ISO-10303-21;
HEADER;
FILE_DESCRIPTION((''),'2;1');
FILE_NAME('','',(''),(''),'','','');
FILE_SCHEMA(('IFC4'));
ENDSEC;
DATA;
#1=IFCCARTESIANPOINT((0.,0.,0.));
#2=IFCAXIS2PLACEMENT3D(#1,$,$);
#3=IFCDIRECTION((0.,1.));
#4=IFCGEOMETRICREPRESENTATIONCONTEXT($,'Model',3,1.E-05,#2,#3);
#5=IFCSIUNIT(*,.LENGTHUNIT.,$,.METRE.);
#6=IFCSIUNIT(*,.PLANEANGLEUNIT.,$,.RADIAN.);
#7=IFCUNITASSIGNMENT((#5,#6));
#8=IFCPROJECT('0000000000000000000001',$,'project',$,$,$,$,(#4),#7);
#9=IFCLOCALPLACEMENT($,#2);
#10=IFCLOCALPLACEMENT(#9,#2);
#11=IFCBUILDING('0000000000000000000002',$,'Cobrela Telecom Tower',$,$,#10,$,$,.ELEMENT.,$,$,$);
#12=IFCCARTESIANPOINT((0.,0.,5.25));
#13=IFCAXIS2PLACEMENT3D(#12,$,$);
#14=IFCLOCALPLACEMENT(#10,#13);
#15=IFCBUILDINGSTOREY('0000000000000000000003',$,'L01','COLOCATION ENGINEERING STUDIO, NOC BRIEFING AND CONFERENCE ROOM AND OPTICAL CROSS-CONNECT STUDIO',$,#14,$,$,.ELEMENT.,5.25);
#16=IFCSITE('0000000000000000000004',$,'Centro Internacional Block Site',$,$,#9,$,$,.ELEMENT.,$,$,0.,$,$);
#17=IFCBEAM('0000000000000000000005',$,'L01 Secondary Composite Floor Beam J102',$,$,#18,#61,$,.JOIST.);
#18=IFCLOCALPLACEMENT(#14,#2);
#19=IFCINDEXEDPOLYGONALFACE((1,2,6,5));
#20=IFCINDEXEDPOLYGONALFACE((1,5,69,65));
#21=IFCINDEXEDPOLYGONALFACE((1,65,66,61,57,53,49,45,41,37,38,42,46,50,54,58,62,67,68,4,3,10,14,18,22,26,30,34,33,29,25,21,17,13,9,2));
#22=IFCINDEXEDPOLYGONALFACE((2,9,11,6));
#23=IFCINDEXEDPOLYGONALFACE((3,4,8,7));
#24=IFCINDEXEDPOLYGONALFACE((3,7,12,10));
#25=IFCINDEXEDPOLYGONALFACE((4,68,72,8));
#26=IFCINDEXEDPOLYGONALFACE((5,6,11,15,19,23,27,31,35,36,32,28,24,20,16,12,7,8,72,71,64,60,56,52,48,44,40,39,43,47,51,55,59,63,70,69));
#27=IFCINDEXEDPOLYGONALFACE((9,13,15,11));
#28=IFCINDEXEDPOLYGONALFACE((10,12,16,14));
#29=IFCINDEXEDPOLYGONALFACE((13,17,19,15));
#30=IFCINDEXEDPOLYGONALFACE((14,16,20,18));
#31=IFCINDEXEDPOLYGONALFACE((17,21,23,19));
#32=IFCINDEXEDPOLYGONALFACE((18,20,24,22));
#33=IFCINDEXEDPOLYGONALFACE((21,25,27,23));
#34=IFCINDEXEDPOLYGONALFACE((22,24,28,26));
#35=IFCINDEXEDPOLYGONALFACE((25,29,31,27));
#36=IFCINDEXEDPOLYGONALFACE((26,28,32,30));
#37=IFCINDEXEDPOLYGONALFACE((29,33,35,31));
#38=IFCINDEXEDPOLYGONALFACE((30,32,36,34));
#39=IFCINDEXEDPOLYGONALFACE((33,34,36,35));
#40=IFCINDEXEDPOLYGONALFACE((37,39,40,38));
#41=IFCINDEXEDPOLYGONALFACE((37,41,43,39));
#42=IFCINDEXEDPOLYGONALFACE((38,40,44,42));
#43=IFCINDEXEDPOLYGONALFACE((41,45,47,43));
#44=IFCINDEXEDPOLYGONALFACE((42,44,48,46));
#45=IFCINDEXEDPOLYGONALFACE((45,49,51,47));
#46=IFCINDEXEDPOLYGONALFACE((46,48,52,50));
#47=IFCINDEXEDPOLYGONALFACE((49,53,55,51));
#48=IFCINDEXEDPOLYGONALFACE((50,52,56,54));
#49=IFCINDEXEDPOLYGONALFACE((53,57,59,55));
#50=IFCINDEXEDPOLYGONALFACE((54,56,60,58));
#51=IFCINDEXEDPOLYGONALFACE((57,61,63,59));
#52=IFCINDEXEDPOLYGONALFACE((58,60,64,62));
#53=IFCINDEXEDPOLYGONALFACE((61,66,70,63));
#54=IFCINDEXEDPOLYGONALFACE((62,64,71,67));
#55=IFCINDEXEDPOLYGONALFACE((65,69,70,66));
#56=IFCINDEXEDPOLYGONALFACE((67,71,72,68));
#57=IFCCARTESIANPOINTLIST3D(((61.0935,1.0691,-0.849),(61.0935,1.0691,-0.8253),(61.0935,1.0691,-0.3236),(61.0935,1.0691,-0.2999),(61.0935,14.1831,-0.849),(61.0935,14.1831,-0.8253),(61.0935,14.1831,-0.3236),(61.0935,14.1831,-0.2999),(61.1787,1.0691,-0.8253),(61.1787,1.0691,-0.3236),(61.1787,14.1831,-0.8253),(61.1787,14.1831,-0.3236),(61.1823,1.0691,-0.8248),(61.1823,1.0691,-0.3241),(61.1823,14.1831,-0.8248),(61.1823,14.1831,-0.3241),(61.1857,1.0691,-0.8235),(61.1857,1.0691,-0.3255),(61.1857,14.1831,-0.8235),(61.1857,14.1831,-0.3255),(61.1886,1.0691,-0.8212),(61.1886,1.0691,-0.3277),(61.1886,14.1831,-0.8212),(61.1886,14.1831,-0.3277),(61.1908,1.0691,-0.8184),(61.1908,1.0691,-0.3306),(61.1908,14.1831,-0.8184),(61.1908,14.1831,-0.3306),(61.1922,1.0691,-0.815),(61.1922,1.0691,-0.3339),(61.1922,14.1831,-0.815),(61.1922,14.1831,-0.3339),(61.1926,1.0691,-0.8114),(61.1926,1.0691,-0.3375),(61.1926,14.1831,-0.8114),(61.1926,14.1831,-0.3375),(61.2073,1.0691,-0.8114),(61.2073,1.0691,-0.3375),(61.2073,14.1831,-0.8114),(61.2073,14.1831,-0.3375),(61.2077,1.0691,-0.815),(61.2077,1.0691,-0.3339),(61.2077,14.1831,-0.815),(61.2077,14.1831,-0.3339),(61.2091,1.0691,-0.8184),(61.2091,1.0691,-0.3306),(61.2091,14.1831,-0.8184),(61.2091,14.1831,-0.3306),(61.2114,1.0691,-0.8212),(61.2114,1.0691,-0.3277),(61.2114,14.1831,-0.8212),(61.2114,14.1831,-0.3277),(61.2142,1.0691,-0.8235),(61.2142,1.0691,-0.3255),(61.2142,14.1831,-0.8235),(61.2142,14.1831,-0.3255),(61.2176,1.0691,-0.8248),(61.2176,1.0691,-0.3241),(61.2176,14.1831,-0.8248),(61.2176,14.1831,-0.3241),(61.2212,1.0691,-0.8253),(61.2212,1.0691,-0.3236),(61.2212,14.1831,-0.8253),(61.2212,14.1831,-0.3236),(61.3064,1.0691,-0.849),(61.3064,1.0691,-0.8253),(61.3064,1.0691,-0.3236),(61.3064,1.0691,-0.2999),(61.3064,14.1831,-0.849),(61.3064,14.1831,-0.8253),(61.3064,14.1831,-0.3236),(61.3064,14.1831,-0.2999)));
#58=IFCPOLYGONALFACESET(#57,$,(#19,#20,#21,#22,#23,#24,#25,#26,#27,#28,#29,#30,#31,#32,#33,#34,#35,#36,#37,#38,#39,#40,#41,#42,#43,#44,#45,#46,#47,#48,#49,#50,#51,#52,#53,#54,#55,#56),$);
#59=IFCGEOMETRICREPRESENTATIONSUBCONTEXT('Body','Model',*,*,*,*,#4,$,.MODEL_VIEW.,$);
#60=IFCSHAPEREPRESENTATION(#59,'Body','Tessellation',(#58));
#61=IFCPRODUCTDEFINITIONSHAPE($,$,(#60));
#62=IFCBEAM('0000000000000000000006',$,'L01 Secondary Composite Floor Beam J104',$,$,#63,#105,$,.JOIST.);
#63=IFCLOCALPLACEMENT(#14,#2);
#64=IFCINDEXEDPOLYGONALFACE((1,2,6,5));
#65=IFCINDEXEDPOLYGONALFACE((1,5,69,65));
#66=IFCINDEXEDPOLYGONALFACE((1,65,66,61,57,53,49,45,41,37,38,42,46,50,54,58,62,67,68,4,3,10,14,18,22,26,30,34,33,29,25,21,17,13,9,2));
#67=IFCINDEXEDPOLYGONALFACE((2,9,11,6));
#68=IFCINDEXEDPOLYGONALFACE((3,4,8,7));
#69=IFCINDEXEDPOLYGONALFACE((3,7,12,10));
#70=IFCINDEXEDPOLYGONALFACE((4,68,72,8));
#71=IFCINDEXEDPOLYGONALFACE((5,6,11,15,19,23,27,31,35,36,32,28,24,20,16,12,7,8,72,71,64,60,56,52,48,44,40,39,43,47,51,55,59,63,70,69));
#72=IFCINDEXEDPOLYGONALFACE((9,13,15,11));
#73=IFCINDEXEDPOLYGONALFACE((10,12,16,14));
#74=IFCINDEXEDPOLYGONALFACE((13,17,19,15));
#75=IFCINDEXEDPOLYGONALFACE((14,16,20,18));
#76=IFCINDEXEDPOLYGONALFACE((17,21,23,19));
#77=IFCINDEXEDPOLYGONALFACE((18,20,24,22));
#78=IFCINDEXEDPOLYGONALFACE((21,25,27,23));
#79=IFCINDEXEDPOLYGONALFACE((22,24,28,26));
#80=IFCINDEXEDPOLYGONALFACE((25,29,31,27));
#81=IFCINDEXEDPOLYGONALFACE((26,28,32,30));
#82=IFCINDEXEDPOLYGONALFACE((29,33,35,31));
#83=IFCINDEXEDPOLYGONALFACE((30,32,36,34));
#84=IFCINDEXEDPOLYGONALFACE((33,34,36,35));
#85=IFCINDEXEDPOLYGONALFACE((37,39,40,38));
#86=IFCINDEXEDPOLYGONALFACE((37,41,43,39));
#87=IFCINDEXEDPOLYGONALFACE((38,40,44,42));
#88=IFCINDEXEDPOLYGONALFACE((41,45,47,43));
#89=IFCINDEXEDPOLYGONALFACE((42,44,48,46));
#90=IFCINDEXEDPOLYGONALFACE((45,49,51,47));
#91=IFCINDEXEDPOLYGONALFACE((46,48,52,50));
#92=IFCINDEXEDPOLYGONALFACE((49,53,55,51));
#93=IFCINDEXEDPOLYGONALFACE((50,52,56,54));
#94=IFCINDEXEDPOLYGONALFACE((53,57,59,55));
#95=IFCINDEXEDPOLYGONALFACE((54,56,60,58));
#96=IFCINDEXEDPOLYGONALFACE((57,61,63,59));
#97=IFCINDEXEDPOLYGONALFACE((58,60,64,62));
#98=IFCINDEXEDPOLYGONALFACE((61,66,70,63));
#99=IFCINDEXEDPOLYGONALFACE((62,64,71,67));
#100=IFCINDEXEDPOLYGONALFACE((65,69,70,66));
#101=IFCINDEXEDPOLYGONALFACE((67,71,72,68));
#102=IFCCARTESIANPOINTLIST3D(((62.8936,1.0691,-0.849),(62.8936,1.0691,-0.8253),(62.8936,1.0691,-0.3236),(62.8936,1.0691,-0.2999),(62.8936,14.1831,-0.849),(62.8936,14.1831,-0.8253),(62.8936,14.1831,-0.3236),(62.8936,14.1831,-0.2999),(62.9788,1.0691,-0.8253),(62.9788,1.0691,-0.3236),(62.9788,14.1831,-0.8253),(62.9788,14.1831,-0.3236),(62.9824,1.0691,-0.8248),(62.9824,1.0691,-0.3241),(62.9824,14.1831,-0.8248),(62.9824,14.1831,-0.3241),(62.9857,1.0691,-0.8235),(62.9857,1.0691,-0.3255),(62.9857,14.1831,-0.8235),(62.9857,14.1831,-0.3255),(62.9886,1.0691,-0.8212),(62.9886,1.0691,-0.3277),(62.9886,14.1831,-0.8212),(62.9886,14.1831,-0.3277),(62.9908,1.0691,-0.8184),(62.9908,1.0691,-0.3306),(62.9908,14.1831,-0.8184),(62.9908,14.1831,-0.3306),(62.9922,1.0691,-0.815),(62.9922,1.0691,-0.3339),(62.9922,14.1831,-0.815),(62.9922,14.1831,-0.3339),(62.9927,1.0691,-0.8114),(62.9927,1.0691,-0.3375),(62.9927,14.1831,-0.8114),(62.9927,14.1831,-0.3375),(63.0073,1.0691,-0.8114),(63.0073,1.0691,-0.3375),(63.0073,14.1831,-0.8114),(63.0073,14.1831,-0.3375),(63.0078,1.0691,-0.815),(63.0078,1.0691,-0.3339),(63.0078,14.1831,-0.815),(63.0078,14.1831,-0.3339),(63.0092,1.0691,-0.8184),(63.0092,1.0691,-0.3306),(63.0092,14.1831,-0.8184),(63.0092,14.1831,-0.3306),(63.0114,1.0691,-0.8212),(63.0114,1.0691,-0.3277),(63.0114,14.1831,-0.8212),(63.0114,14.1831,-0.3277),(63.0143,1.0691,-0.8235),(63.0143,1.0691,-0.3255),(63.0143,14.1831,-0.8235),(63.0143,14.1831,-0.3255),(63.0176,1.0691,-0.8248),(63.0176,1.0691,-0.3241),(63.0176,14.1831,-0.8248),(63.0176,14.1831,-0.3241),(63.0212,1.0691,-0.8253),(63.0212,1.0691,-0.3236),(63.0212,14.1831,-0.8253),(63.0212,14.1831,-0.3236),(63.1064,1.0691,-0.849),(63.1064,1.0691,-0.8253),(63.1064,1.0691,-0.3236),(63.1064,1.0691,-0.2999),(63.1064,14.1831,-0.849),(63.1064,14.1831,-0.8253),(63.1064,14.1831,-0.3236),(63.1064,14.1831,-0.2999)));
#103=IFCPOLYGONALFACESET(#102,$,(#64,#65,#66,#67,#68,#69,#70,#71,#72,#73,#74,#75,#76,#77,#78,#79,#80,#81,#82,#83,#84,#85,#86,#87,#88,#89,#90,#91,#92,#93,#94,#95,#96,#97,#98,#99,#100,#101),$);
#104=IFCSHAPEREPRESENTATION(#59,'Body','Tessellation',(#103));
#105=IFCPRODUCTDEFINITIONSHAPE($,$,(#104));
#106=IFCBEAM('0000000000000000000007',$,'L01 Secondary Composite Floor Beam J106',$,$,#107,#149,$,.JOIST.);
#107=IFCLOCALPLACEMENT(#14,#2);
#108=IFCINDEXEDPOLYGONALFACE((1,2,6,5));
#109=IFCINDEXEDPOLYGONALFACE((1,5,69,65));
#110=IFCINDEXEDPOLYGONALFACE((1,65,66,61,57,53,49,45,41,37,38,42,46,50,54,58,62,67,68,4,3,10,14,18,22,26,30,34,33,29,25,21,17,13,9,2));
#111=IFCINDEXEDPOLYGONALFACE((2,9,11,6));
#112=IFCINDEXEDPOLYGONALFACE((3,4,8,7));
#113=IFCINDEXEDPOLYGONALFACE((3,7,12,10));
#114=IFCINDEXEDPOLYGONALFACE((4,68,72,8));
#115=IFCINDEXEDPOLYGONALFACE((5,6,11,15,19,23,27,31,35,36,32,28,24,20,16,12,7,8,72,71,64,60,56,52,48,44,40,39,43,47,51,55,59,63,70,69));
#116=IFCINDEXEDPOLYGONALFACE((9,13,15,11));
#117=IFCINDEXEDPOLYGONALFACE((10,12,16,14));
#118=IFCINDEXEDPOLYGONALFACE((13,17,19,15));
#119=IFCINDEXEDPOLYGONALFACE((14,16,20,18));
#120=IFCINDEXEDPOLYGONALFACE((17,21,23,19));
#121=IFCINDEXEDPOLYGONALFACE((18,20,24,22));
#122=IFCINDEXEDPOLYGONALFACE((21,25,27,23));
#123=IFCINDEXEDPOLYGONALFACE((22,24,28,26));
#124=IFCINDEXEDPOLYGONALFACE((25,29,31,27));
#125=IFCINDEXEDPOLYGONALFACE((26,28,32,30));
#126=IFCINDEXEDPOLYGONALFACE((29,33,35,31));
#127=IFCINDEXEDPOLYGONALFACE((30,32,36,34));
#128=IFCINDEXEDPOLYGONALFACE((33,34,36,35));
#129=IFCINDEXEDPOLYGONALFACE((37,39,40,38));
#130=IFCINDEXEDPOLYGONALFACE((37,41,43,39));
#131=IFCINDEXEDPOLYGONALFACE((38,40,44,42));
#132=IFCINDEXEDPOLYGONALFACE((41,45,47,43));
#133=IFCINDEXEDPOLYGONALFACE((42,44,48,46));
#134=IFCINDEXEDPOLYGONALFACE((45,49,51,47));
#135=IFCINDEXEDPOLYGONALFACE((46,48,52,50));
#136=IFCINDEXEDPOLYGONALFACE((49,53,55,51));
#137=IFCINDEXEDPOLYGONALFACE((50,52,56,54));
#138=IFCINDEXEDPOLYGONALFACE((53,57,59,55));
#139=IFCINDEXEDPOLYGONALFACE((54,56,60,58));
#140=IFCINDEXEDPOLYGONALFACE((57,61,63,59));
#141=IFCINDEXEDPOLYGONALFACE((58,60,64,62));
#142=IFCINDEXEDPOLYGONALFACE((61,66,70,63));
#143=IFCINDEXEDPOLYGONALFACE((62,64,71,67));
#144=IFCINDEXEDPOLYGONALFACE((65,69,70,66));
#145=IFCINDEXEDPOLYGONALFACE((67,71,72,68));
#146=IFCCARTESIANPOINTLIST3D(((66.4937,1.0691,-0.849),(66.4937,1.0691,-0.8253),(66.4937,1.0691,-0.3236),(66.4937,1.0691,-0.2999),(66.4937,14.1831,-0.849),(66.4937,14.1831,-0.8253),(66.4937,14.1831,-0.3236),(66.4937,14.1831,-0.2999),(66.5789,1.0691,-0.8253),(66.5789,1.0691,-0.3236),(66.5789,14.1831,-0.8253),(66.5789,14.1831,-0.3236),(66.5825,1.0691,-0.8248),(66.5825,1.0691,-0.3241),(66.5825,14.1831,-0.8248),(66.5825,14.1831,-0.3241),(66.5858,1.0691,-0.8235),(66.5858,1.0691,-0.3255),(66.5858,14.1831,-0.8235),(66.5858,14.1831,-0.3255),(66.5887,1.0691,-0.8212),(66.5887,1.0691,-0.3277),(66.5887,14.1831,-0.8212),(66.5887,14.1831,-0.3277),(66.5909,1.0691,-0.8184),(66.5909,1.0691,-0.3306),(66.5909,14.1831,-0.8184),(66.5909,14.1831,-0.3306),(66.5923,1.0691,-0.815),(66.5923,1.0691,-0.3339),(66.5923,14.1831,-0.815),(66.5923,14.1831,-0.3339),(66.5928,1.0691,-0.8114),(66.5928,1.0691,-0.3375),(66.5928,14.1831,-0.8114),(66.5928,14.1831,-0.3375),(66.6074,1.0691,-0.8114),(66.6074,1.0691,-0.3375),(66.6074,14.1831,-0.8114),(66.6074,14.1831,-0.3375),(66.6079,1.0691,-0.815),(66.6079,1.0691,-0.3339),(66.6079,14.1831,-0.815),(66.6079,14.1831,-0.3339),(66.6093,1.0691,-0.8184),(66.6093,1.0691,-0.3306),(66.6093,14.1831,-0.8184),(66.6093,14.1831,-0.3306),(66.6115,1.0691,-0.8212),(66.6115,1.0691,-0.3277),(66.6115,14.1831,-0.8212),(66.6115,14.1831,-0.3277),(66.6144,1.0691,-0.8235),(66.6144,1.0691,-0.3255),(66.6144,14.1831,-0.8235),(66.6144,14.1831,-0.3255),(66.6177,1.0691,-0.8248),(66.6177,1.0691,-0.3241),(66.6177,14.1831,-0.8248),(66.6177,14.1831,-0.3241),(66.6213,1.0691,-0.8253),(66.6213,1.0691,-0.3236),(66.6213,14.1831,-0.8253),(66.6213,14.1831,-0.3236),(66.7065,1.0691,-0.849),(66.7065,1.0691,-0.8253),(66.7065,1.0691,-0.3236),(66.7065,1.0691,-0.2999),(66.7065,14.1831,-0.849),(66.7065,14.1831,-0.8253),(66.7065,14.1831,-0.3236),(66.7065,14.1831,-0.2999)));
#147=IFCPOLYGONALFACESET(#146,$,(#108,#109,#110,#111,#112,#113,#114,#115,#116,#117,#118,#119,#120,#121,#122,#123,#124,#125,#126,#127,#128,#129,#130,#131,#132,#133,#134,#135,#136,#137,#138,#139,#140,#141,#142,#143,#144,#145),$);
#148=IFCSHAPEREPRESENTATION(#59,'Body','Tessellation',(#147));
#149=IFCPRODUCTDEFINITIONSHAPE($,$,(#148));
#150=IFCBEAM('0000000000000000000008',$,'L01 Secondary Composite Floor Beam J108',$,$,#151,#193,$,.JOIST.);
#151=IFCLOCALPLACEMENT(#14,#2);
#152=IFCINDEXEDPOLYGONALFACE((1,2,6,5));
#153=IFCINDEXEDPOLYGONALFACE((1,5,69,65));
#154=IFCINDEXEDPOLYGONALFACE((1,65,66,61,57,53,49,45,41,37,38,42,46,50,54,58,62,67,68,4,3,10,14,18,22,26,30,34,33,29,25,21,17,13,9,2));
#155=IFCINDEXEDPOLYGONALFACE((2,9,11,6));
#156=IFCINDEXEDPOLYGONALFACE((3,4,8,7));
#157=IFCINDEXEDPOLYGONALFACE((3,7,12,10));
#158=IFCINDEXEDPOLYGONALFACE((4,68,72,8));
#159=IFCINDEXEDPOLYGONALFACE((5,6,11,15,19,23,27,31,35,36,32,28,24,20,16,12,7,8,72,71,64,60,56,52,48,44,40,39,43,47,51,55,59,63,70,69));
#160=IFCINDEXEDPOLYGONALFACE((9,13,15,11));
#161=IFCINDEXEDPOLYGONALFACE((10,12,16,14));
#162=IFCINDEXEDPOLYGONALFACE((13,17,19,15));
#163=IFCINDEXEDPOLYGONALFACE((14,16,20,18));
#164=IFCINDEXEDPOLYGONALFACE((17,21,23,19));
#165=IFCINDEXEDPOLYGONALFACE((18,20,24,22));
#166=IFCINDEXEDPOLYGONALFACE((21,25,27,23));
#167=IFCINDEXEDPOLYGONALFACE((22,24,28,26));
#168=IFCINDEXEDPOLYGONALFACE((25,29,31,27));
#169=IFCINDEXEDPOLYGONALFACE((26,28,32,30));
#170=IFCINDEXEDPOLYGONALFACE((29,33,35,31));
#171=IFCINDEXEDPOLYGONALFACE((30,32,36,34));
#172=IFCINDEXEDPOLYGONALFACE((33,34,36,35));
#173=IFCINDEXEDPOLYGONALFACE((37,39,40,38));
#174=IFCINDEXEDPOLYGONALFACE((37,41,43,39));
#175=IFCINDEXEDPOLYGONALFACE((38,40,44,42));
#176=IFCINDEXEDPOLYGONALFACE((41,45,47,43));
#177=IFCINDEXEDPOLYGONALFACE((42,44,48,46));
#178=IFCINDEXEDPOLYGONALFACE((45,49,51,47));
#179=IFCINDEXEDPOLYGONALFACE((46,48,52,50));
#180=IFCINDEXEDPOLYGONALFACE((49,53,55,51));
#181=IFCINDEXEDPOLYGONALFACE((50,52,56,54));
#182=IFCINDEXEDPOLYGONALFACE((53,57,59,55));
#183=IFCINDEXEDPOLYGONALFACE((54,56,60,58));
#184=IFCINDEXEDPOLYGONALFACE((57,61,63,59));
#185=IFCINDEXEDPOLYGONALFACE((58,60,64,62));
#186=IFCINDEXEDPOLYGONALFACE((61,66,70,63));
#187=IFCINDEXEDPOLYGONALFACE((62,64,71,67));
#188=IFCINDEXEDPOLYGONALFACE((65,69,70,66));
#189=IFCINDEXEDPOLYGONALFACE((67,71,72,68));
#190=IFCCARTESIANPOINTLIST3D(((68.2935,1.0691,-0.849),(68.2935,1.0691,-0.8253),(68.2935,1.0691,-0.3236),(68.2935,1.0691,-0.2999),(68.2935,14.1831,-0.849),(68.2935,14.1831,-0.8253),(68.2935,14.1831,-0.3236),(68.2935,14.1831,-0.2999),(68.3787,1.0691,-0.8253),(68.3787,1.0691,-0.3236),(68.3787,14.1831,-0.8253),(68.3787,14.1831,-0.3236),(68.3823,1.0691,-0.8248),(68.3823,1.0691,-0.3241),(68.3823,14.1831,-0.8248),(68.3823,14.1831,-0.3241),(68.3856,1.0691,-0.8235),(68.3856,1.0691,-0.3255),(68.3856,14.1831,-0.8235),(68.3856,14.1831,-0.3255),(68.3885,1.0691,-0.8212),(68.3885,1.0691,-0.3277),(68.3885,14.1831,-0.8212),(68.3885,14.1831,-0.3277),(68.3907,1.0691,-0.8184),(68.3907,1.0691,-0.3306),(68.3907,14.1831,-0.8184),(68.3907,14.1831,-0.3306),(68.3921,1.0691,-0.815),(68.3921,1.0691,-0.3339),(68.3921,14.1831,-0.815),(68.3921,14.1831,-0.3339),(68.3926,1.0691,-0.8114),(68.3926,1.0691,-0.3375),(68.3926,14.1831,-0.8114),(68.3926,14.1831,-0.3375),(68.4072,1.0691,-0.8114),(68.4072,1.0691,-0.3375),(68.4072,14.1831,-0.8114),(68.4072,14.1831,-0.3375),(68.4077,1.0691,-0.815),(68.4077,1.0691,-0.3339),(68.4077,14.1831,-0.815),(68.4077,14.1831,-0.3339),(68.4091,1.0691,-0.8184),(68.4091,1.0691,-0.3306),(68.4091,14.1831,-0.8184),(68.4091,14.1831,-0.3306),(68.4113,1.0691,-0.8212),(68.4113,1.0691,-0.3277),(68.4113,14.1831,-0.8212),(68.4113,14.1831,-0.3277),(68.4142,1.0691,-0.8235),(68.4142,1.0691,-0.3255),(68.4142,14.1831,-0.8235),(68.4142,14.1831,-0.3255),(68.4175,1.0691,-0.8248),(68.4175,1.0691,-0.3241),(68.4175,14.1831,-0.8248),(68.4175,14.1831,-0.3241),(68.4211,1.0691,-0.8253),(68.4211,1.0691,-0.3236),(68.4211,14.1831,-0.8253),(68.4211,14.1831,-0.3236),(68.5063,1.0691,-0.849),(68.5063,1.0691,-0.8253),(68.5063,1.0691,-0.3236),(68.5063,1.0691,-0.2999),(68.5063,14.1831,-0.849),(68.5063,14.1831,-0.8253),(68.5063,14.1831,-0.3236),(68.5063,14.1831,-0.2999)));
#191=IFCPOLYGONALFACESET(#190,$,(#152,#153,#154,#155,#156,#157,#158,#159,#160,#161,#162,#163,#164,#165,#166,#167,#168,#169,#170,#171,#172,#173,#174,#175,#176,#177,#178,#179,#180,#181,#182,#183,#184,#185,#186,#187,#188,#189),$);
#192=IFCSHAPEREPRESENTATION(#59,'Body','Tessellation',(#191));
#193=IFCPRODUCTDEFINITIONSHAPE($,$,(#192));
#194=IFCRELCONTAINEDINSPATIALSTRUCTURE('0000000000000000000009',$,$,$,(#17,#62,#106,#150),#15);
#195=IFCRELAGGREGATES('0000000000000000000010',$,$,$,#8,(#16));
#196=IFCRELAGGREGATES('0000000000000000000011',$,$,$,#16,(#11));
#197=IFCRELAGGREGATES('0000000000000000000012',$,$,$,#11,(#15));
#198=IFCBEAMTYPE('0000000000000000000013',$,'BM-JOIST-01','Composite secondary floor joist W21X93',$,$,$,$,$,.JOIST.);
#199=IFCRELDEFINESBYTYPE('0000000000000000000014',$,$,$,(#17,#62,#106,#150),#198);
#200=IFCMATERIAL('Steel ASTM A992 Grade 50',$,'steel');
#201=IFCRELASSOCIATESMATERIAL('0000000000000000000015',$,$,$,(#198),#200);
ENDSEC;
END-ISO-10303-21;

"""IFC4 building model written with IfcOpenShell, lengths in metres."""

from ifc_helpers import new_model, si_unit, direction, frame, origin, origin_2d, place, context, subcontext, project, spatial, i_section, extrude, material, material_profile, profile_set, type_object, element, save


model = new_model("IFC4")

# Units and contexts
model_context = context("Model", 3, precision=1e-05, world=origin(), true_north=direction((0.0, 1.0)))
body_context = subcontext(model_context, "Body", "Model", "MODEL_VIEW")
ifc_project = project(units=[si_unit("LENGTHUNIT", "METRE"), si_unit("PLANEANGLEUNIT", "RADIAN")], contexts=[model_context])

# Site, building, storey
site_placement = place(None, origin())
site = spatial("IfcSite", under=ifc_project, at=site_placement, Name="Centro Internacional Block Site", CompositionType="ELEMENT", RefElevation=0.0)
building_placement = place(site_placement, origin())
building = spatial("IfcBuilding", under=site, at=building_placement, Name="Cobrela Telecom Tower", CompositionType="ELEMENT")
storey_placement = place(building_placement, frame((0.0, 0.0, 5.25)))
storey = spatial("IfcBuildingStorey", under=building, at=storey_placement, Name="L01", Description="COLOCATION ENGINEERING STUDIO, NOC BRIEFING AND CONFERENCE ROOM AND OPTICAL CROSS-CONNECT STUDIO", CompositionType="ELEMENT", Elevation=5.25)

# Beams
ifc_material_1 = material(Name="Steel ASTM A992 Grade 50", Category="steel")
ifc_material_profile_1 = material_profile(ifc_material_1, i_section(OverallWidth=0.2129, OverallDepth=0.5491, WebThickness=0.0146, FlangeThickness=0.0237, FilletRadius=0.0139, at=origin_2d()), Name="W21X93")
ifc_profile_set_1 = profile_set([ifc_material_profile_1], Name="Steel ASTM A992 Grade 50")
beam_type_1 = type_object("IfcBeamType", Name="BM-JOIST-01", Description="Composite secondary floor joist W21X93", PredefinedType="JOIST", material=ifc_profile_set_1)
for number, where, z_axis, x_axis, name in (
    (1, (61.2, 1.0691, -0.5745), (0.0, 1.0, 0.0), (-1.0, 0.0, 0.0), "L01 Secondary Composite Floor Beam J102"),
    (2, (63.0, 1.0691, -0.5745), (0.0, 1.0, 0.0), (-1.0, 0.0, 0.0), "L01 Secondary Composite Floor Beam J104"),
    (3, (66.6001, 1.0691, -0.5745), (0.0, 1.0, 0.0), (-1.0, 0.0, 0.0), "L01 Secondary Composite Floor Beam J106"),
    (4, (68.3999, 1.0691, -0.5745), (0.0, 1.0, 0.0), (-1.0, 0.0, 0.0), "L01 Secondary Composite Floor Beam J108"),
):
    element("IfcBeam", number, at=place(storey_placement, frame(where, z_axis=z_axis, x_axis=x_axis)), inside=storey, type_object=beam_type_1, Name=name, PredefinedType="JOIST", context=body_context, shape_type="SweptSolid", body=[
        extrude(i_section(OverallWidth=0.2129, OverallDepth=0.5491, WebThickness=0.0146, FlangeThickness=0.0237, FilletRadius=0.0139, at=origin_2d()), origin(), (0.0, 0.0, 1.0), 13.114),
    ])

save(model, "model.ifc")
